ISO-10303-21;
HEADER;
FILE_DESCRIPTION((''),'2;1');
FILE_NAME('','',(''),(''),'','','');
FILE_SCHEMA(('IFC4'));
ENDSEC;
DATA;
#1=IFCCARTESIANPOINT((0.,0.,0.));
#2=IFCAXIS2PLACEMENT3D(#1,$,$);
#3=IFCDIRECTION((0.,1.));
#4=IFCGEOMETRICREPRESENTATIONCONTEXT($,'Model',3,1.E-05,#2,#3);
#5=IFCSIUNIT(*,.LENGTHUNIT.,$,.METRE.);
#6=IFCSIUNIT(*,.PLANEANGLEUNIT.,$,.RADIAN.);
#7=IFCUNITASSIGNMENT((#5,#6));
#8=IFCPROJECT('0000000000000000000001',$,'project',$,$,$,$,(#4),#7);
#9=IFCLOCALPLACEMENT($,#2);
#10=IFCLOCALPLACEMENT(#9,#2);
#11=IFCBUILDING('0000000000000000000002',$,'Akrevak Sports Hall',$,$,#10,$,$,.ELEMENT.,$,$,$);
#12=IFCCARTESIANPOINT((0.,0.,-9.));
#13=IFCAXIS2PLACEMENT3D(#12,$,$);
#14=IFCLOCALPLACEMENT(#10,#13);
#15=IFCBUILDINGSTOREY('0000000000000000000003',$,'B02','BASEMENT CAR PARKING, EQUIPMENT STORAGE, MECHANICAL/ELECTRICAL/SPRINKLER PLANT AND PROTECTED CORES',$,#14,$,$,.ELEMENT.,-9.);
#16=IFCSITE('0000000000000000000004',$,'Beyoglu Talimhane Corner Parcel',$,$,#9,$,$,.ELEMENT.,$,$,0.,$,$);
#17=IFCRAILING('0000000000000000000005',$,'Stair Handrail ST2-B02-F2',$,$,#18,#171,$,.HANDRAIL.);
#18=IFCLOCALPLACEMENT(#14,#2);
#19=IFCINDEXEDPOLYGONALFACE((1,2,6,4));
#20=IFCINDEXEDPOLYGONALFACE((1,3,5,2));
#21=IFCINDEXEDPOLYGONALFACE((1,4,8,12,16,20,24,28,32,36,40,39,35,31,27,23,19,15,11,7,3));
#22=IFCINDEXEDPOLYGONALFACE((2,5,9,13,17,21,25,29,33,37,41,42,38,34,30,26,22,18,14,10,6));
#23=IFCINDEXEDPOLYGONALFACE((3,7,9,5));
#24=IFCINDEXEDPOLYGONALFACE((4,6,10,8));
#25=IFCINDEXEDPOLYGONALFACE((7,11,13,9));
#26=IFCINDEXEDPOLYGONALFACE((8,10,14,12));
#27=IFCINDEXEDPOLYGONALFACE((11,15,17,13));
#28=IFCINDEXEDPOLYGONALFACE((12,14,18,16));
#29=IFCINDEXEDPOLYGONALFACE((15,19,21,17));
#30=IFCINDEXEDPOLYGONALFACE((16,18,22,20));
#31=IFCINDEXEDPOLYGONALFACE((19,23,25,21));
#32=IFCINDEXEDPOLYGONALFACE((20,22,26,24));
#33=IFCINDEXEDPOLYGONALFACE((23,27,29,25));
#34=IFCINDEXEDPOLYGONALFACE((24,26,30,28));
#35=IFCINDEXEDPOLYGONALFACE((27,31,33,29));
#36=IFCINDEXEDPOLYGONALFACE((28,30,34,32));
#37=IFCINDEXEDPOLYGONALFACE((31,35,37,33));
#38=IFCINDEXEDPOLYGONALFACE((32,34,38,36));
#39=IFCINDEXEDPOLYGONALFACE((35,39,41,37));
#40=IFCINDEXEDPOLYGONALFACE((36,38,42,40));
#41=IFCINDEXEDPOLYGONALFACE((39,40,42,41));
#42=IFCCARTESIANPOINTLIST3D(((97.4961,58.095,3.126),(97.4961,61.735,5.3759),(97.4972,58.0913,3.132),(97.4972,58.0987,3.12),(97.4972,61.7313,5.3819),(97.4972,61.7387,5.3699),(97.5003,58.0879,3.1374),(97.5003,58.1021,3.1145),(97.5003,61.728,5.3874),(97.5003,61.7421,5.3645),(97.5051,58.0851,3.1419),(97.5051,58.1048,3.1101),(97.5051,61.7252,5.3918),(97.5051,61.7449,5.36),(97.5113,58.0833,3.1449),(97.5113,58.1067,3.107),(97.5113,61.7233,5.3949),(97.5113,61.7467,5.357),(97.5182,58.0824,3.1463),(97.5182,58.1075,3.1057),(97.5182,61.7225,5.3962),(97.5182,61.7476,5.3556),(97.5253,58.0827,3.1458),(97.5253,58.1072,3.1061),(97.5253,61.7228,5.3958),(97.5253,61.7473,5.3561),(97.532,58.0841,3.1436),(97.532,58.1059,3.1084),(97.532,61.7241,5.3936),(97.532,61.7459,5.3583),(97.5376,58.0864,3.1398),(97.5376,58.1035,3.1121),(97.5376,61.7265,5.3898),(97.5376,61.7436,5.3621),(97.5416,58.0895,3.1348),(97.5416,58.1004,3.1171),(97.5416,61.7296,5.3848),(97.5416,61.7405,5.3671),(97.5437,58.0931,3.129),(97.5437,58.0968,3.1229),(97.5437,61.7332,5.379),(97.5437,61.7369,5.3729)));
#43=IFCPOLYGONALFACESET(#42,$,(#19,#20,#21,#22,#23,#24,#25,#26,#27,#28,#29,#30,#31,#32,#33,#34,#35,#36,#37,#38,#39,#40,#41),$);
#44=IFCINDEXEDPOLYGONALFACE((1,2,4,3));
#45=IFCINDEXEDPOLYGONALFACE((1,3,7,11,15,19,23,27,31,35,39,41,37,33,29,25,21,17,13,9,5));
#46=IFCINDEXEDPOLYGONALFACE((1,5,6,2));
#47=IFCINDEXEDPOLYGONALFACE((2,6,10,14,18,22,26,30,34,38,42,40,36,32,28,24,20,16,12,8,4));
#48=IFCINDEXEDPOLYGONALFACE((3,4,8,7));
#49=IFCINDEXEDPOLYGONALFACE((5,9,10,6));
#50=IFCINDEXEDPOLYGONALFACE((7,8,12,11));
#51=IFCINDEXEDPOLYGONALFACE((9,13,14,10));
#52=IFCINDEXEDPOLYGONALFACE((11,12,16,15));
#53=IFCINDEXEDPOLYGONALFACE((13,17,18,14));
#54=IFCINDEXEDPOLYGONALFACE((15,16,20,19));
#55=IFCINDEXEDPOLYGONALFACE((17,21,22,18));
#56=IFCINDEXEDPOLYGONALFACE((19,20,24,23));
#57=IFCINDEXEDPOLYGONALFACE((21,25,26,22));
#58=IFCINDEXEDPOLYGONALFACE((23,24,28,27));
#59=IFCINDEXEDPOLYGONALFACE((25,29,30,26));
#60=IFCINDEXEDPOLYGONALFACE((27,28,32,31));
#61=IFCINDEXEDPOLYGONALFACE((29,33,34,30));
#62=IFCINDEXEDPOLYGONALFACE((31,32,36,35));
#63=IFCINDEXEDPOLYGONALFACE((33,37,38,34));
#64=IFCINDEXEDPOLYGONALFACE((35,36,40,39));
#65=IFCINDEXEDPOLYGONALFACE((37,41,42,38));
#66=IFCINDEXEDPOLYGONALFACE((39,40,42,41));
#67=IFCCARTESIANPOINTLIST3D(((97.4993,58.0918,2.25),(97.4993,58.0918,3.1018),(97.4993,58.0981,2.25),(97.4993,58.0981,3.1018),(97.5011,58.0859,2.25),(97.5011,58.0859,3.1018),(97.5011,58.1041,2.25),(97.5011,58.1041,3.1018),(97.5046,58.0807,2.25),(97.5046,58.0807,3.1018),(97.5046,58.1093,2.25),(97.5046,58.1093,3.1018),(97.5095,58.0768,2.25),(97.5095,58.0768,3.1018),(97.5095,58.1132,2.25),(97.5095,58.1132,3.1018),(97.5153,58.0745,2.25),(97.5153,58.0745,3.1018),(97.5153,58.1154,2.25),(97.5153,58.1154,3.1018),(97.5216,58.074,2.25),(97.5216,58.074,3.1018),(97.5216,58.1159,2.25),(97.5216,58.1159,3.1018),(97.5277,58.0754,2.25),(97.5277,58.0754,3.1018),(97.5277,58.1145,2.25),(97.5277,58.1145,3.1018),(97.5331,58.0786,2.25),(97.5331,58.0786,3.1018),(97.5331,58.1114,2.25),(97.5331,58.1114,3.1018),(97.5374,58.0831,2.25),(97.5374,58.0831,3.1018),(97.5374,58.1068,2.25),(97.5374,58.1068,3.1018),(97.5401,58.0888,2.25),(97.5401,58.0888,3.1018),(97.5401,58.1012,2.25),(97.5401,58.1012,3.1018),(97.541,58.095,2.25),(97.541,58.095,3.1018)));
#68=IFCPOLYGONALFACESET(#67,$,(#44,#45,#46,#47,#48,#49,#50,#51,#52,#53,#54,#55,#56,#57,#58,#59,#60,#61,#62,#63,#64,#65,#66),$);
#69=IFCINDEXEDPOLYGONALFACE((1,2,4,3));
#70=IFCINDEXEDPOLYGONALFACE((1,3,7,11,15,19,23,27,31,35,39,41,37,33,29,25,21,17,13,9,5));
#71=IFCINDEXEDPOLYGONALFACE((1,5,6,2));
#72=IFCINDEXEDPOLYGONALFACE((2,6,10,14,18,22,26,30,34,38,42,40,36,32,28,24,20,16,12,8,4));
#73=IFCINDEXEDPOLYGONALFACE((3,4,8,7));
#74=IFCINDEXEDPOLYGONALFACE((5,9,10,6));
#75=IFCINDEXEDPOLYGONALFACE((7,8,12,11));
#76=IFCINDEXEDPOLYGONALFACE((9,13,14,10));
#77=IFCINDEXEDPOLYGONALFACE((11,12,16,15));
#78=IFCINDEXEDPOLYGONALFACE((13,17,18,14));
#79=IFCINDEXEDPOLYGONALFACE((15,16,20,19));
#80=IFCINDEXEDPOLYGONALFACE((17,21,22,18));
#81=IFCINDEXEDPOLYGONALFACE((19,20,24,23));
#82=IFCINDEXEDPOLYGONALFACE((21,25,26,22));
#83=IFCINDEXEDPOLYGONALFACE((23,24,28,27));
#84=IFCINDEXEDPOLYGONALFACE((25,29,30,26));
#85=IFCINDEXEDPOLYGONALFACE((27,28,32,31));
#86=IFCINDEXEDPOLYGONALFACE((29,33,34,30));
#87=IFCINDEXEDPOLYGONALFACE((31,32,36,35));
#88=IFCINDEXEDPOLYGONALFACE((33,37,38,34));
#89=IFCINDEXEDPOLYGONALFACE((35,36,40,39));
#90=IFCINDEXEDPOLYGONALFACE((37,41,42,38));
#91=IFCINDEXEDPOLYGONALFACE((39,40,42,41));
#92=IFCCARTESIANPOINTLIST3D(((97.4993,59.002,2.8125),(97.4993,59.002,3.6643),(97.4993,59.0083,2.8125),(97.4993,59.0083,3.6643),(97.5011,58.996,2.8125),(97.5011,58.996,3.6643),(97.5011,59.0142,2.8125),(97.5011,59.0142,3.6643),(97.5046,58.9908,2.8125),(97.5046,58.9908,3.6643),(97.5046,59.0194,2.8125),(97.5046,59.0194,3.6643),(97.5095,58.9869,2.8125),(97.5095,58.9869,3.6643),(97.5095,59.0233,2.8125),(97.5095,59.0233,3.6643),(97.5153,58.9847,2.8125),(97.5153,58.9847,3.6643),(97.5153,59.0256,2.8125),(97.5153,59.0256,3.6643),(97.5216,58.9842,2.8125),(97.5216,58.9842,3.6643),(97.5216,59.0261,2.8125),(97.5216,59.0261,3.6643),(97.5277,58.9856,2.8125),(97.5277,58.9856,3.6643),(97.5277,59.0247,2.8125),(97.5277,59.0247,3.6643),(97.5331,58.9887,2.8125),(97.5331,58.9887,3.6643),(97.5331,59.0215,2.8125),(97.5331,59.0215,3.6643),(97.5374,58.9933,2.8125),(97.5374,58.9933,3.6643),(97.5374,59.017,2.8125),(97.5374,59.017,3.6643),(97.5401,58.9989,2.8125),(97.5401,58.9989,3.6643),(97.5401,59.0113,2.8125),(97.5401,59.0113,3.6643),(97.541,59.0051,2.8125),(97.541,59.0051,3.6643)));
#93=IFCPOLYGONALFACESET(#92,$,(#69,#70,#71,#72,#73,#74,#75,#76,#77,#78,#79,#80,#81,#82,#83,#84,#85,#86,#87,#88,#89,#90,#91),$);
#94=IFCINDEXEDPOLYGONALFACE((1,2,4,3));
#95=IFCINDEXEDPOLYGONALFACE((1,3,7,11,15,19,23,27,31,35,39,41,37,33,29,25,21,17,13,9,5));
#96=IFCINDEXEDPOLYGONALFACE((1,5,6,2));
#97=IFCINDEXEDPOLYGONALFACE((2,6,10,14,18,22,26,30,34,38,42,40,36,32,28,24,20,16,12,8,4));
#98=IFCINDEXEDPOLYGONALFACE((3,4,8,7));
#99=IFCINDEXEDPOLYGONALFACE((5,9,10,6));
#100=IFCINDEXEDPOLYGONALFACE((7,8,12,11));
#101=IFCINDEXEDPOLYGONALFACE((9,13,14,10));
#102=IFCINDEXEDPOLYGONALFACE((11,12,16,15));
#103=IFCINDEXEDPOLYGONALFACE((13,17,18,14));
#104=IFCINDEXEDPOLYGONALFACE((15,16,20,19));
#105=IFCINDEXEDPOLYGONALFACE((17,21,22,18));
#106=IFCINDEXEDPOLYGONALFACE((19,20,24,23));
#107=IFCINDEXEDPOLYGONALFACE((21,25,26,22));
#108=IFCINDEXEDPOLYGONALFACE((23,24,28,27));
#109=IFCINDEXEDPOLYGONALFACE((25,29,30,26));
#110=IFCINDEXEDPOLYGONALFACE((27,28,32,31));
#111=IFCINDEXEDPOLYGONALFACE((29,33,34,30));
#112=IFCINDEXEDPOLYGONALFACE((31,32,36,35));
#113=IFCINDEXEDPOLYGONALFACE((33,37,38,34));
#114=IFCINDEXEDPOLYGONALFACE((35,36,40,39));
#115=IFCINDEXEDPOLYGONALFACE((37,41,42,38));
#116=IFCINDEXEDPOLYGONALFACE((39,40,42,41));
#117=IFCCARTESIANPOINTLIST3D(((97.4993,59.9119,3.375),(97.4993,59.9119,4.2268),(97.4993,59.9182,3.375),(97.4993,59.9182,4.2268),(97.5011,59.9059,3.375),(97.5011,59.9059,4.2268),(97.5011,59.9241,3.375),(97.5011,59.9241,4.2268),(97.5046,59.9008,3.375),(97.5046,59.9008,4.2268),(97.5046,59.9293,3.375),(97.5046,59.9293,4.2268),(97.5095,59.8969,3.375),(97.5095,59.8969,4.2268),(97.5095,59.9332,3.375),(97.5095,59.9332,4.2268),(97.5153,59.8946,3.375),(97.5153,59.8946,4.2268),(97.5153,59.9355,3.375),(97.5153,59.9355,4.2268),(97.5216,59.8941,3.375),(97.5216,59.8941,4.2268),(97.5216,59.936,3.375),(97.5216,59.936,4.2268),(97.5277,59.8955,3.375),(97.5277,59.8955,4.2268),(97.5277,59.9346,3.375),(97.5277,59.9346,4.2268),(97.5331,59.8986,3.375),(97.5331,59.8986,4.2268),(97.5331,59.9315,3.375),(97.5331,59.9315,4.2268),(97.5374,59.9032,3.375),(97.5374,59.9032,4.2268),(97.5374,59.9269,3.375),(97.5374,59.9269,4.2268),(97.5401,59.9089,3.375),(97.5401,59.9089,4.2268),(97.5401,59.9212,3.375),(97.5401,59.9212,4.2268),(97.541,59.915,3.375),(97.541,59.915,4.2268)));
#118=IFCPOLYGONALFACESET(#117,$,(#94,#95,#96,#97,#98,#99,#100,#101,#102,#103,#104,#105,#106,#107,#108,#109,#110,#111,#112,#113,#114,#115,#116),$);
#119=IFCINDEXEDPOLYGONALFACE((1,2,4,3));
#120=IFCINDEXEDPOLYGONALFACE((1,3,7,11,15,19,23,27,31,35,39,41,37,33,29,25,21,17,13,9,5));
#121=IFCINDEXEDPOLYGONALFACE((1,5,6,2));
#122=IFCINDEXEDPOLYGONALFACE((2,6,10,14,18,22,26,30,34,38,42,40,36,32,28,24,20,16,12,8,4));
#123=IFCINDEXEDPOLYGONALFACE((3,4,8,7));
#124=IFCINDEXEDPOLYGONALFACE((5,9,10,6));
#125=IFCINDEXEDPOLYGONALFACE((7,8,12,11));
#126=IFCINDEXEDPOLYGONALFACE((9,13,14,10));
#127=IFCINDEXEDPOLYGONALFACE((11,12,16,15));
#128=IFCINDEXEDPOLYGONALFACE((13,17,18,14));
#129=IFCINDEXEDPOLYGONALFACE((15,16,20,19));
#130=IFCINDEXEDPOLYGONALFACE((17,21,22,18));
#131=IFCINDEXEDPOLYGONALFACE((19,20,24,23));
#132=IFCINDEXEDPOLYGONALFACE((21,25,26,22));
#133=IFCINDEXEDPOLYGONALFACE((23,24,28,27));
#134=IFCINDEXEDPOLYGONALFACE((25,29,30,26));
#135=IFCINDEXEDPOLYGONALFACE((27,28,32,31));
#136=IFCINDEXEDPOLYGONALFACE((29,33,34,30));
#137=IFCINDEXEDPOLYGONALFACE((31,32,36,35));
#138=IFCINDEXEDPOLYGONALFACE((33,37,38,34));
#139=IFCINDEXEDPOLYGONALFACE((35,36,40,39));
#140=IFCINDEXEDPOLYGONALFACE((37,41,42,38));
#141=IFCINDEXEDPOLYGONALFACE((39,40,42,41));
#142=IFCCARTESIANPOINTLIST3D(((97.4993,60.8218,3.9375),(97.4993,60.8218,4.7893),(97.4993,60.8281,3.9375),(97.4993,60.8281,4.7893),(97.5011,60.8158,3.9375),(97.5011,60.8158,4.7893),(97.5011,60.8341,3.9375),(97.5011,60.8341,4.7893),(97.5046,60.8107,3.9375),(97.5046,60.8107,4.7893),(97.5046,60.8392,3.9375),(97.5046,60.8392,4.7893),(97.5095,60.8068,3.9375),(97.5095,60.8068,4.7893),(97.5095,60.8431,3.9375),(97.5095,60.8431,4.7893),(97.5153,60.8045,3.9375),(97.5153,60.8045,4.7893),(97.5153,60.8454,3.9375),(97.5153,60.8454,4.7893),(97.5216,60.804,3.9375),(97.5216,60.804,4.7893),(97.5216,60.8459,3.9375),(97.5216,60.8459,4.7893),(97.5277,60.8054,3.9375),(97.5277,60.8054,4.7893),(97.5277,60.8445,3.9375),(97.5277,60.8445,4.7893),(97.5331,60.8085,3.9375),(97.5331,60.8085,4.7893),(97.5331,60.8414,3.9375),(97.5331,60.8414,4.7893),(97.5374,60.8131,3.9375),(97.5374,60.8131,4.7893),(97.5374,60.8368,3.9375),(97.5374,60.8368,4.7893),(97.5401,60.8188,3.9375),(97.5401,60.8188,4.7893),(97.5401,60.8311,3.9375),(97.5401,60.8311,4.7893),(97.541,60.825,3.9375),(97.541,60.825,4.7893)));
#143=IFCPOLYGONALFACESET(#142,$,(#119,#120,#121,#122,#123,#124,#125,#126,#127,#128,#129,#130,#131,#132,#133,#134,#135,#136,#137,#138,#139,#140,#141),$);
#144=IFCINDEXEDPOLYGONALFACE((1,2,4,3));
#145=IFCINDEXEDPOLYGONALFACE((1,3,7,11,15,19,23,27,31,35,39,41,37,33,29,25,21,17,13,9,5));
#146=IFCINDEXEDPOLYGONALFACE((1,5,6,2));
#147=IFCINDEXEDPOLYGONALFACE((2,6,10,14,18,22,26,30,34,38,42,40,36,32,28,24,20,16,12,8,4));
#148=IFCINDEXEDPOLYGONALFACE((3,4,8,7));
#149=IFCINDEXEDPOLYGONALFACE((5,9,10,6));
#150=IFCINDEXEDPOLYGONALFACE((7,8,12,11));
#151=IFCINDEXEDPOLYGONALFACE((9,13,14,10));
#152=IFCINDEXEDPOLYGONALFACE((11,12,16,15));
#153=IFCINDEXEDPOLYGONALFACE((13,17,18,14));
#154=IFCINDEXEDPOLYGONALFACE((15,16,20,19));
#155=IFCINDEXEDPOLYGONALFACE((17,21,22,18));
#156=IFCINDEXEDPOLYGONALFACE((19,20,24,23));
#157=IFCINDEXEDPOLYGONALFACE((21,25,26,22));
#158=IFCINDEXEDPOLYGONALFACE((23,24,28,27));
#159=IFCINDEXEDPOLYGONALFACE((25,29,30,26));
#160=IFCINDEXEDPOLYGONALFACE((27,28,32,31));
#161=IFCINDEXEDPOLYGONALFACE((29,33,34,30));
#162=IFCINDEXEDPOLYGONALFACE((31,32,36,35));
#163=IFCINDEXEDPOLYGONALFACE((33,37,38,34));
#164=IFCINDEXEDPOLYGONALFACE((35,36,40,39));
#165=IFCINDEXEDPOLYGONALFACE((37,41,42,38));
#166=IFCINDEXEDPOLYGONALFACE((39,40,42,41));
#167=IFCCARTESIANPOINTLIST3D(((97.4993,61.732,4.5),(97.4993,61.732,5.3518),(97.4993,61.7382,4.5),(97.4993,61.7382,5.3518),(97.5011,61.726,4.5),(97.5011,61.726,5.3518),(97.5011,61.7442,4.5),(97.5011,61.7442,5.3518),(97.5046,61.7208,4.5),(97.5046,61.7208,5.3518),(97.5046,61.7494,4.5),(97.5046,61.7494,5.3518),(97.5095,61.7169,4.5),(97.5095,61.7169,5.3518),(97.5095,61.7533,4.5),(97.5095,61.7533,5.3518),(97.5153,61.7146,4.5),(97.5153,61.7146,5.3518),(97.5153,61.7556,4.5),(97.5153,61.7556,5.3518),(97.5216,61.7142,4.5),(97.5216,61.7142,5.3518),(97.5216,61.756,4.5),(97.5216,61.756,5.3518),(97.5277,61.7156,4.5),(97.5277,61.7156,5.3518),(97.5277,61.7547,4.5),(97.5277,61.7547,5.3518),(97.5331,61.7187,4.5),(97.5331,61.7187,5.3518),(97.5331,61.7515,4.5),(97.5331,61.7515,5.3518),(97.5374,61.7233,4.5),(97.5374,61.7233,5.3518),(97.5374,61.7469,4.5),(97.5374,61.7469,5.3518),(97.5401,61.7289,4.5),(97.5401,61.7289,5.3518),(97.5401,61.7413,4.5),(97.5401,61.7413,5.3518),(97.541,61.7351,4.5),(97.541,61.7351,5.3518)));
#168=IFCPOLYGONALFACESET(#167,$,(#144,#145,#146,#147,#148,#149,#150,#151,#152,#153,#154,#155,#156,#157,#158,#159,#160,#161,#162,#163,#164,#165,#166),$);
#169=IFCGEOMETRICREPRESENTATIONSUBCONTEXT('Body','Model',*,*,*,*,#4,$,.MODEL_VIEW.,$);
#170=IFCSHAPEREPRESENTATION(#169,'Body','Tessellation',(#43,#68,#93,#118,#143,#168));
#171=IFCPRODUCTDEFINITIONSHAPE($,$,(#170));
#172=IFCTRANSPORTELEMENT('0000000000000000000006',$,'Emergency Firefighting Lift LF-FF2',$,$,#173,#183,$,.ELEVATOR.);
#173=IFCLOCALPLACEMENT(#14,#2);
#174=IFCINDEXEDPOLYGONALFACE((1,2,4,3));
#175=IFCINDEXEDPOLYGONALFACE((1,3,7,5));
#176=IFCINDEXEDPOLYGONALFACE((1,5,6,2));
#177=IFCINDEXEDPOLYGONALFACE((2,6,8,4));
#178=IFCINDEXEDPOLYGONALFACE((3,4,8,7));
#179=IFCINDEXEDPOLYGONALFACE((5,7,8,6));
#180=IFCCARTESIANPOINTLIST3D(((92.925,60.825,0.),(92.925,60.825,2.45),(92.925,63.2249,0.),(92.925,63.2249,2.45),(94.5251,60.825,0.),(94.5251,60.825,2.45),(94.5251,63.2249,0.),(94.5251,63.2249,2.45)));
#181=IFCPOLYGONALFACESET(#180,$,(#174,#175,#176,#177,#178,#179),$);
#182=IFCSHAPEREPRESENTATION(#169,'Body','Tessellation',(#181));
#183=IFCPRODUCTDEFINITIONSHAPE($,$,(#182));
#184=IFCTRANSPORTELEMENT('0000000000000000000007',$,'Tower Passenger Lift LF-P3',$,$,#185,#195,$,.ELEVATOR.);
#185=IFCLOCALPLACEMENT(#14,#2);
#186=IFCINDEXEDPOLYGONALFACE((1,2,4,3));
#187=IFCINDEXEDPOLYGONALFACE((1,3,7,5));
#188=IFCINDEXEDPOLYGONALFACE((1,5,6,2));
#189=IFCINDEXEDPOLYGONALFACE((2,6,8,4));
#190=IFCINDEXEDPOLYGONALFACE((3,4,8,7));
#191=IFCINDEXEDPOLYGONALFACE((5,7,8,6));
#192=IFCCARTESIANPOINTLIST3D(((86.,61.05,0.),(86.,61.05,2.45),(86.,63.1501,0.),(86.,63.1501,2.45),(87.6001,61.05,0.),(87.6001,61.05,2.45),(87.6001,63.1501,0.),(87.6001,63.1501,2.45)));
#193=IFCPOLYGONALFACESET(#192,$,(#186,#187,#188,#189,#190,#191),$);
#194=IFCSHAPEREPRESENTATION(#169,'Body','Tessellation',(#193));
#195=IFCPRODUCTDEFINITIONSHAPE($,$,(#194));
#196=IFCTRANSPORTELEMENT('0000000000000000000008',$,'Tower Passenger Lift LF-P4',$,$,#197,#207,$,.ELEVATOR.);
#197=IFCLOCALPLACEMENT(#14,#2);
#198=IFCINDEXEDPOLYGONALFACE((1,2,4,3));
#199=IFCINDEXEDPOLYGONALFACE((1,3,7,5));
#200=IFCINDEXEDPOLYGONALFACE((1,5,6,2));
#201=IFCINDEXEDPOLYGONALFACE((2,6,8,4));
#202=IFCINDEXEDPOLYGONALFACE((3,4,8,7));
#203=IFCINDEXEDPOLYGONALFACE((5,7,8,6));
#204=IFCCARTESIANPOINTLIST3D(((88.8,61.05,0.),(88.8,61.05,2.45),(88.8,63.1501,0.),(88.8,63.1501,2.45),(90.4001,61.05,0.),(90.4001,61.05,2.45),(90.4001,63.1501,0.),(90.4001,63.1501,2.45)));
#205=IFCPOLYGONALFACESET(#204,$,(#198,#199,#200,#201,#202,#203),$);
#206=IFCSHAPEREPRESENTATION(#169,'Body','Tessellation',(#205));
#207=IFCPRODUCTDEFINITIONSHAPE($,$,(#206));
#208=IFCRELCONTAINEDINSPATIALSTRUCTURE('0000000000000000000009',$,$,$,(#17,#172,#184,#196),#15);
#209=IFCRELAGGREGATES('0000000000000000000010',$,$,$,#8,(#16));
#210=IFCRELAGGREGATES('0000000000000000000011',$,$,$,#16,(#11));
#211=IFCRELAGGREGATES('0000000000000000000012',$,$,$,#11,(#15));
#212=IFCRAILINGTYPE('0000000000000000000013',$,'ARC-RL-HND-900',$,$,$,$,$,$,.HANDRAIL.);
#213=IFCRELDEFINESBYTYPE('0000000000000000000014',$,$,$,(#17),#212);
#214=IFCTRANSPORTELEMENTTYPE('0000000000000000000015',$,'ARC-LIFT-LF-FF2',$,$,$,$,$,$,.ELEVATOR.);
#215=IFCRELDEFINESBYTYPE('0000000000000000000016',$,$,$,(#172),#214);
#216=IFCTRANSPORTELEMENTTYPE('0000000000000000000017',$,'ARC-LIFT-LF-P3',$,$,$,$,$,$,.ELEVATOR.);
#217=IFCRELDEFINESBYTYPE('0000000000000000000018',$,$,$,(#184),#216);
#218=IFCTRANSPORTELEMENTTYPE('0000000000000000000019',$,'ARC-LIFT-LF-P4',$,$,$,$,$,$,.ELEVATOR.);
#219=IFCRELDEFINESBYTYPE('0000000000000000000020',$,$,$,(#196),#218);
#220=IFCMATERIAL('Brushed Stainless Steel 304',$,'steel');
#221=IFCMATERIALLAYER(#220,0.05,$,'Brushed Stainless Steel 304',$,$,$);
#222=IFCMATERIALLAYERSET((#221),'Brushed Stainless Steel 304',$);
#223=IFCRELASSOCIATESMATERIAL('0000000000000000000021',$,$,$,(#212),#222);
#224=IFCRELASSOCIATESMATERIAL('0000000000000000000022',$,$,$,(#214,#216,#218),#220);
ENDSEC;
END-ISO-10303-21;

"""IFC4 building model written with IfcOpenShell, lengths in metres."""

from ifc_helpers import new_model, si_unit, direction, frame, origin, origin_2d, place, context, subcontext, project, spatial, rectangle, circle, extrude, material, layer, layer_set, type_object, element, save


model = new_model("IFC4")

# Units and contexts
model_context = context("Model", 3, precision=1e-05, world=origin(), true_north=direction((0.0, 1.0)))
body_context = subcontext(model_context, "Body", "Model", "MODEL_VIEW")
ifc_project = project(units=[si_unit("LENGTHUNIT", "METRE"), si_unit("PLANEANGLEUNIT", "RADIAN")], contexts=[model_context])

# Site, building, storey
site_placement = place(None, origin())
site = spatial("IfcSite", under=ifc_project, at=site_placement, Name="Beyoglu Talimhane Corner Parcel", CompositionType="ELEMENT", RefElevation=0.0)
building_placement = place(site_placement, origin())
building = spatial("IfcBuilding", under=site, at=building_placement, Name="Akrevak Sports Hall", CompositionType="ELEMENT")
storey_placement = place(building_placement, frame((0.0, 0.0, -9.0)))
storey = spatial("IfcBuildingStorey", under=building, at=storey_placement, Name="B02", Description="BASEMENT CAR PARKING, EQUIPMENT STORAGE, MECHANICAL/ELECTRICAL/SPRINKLER PLANT AND PROTECTED CORES", CompositionType="ELEMENT", Elevation=-9.0)

# Railing
ifc_material_1 = material(Name="Brushed Stainless Steel 304", Category="steel")
ifc_layer_1 = layer(ifc_material_1, 0.05, Name="Brushed Stainless Steel 304")
ifc_layer_set_1 = layer_set([ifc_layer_1], Name="Brushed Stainless Steel 304")
railing_type_1 = type_object("IfcRailingType", Name="ARC-RL-HND-900", PredefinedType="HANDRAIL", material=ifc_layer_set_1)
railing_1_placement = place(storey_placement, frame((97.52, 58.095, 2.25)))
element("IfcRailing", 1, at=railing_1_placement, inside=storey, type_object=railing_type_1, Name="Stair Handrail ST2-B02-F2", PredefinedType="HANDRAIL", context=body_context, shape_type="SweptSolid", body=[
    extrude(circle(Radius=0.0239, at=origin_2d()), frame((0.0, 0.0, 0.876), z_axis=(0.0, 0.850622, 0.525777), x_axis=(-1.0, 0.0, 0.0)), (0.0, 0.0, 1.0), 4.2793),
    extrude(circle(Radius=0.021, at=origin_2d()), origin(), (0.0, 0.0, 1.0), 0.8518),
    extrude(circle(Radius=0.021, at=origin_2d()), frame((0.0, 0.9102, 0.5625)), (0.0, 0.0, 1.0), 0.8518),
    extrude(circle(Radius=0.021, at=origin_2d()), frame((0.0, 1.8201, 1.125)), (0.0, 0.0, 1.0), 0.8518),
    extrude(circle(Radius=0.021, at=origin_2d()), frame((0.0, 2.73, 1.6875)), (0.0, 0.0, 1.0), 0.8518),
    extrude(circle(Radius=0.021, at=origin_2d()), frame((0.0, 3.6401, 2.25)), (0.0, 0.0, 1.0), 0.8518),
])

# Transport elements
transport_element_type_1 = type_object("IfcTransportElementType", Name="ARC-LIFT-LF-FF2", PredefinedType="ELEVATOR", material=ifc_material_1)
transport_element_1_placement = place(storey_placement, frame((93.7251, 62.0249, 0.0), z_axis=(0.0, 0.0, 1.0), x_axis=(1.0, 0.0, 0.0)))
element("IfcTransportElement", 2, at=transport_element_1_placement, inside=storey, type_object=transport_element_type_1, Name="Emergency Firefighting Lift LF-FF2", PredefinedType="ELEVATOR", context=body_context, shape_type="SweptSolid", body=[
    extrude(rectangle(XDim=1.6001, YDim=2.3999, at=origin_2d()), origin(), (0.0, 0.0, 1.0), 2.45),
])
transport_element_type_2 = type_object("IfcTransportElementType", Name="ARC-LIFT-LF-P3", PredefinedType="ELEVATOR", material=ifc_material_1)
transport_element_2_placement = place(storey_placement, frame((86.8, 62.1001, 0.0), z_axis=(0.0, 0.0, 1.0), x_axis=(1.0, 0.0, 0.0)))
element("IfcTransportElement", 3, at=transport_element_2_placement, inside=storey, type_object=transport_element_type_2, Name="Tower Passenger Lift LF-P3", PredefinedType="ELEVATOR", context=body_context, shape_type="SweptSolid", body=[
    extrude(rectangle(XDim=1.6001, YDim=2.1001, at=origin_2d()), origin(), (0.0, 0.0, 1.0), 2.45),
])
transport_element_type_3 = type_object("IfcTransportElementType", Name="ARC-LIFT-LF-P4", PredefinedType="ELEVATOR", material=ifc_material_1)
transport_element_3_placement = place(storey_placement, frame((89.6001, 62.1001, 0.0), z_axis=(0.0, 0.0, 1.0), x_axis=(1.0, 0.0, 0.0)))
element("IfcTransportElement", 4, at=transport_element_3_placement, inside=storey, type_object=transport_element_type_3, Name="Tower Passenger Lift LF-P4", PredefinedType="ELEVATOR", context=body_context, shape_type="SweptSolid", body=[
    extrude(rectangle(XDim=1.6001, YDim=2.1001, at=origin_2d()), origin(), (0.0, 0.0, 1.0), 2.45),
])

save(model, "model.ifc")
